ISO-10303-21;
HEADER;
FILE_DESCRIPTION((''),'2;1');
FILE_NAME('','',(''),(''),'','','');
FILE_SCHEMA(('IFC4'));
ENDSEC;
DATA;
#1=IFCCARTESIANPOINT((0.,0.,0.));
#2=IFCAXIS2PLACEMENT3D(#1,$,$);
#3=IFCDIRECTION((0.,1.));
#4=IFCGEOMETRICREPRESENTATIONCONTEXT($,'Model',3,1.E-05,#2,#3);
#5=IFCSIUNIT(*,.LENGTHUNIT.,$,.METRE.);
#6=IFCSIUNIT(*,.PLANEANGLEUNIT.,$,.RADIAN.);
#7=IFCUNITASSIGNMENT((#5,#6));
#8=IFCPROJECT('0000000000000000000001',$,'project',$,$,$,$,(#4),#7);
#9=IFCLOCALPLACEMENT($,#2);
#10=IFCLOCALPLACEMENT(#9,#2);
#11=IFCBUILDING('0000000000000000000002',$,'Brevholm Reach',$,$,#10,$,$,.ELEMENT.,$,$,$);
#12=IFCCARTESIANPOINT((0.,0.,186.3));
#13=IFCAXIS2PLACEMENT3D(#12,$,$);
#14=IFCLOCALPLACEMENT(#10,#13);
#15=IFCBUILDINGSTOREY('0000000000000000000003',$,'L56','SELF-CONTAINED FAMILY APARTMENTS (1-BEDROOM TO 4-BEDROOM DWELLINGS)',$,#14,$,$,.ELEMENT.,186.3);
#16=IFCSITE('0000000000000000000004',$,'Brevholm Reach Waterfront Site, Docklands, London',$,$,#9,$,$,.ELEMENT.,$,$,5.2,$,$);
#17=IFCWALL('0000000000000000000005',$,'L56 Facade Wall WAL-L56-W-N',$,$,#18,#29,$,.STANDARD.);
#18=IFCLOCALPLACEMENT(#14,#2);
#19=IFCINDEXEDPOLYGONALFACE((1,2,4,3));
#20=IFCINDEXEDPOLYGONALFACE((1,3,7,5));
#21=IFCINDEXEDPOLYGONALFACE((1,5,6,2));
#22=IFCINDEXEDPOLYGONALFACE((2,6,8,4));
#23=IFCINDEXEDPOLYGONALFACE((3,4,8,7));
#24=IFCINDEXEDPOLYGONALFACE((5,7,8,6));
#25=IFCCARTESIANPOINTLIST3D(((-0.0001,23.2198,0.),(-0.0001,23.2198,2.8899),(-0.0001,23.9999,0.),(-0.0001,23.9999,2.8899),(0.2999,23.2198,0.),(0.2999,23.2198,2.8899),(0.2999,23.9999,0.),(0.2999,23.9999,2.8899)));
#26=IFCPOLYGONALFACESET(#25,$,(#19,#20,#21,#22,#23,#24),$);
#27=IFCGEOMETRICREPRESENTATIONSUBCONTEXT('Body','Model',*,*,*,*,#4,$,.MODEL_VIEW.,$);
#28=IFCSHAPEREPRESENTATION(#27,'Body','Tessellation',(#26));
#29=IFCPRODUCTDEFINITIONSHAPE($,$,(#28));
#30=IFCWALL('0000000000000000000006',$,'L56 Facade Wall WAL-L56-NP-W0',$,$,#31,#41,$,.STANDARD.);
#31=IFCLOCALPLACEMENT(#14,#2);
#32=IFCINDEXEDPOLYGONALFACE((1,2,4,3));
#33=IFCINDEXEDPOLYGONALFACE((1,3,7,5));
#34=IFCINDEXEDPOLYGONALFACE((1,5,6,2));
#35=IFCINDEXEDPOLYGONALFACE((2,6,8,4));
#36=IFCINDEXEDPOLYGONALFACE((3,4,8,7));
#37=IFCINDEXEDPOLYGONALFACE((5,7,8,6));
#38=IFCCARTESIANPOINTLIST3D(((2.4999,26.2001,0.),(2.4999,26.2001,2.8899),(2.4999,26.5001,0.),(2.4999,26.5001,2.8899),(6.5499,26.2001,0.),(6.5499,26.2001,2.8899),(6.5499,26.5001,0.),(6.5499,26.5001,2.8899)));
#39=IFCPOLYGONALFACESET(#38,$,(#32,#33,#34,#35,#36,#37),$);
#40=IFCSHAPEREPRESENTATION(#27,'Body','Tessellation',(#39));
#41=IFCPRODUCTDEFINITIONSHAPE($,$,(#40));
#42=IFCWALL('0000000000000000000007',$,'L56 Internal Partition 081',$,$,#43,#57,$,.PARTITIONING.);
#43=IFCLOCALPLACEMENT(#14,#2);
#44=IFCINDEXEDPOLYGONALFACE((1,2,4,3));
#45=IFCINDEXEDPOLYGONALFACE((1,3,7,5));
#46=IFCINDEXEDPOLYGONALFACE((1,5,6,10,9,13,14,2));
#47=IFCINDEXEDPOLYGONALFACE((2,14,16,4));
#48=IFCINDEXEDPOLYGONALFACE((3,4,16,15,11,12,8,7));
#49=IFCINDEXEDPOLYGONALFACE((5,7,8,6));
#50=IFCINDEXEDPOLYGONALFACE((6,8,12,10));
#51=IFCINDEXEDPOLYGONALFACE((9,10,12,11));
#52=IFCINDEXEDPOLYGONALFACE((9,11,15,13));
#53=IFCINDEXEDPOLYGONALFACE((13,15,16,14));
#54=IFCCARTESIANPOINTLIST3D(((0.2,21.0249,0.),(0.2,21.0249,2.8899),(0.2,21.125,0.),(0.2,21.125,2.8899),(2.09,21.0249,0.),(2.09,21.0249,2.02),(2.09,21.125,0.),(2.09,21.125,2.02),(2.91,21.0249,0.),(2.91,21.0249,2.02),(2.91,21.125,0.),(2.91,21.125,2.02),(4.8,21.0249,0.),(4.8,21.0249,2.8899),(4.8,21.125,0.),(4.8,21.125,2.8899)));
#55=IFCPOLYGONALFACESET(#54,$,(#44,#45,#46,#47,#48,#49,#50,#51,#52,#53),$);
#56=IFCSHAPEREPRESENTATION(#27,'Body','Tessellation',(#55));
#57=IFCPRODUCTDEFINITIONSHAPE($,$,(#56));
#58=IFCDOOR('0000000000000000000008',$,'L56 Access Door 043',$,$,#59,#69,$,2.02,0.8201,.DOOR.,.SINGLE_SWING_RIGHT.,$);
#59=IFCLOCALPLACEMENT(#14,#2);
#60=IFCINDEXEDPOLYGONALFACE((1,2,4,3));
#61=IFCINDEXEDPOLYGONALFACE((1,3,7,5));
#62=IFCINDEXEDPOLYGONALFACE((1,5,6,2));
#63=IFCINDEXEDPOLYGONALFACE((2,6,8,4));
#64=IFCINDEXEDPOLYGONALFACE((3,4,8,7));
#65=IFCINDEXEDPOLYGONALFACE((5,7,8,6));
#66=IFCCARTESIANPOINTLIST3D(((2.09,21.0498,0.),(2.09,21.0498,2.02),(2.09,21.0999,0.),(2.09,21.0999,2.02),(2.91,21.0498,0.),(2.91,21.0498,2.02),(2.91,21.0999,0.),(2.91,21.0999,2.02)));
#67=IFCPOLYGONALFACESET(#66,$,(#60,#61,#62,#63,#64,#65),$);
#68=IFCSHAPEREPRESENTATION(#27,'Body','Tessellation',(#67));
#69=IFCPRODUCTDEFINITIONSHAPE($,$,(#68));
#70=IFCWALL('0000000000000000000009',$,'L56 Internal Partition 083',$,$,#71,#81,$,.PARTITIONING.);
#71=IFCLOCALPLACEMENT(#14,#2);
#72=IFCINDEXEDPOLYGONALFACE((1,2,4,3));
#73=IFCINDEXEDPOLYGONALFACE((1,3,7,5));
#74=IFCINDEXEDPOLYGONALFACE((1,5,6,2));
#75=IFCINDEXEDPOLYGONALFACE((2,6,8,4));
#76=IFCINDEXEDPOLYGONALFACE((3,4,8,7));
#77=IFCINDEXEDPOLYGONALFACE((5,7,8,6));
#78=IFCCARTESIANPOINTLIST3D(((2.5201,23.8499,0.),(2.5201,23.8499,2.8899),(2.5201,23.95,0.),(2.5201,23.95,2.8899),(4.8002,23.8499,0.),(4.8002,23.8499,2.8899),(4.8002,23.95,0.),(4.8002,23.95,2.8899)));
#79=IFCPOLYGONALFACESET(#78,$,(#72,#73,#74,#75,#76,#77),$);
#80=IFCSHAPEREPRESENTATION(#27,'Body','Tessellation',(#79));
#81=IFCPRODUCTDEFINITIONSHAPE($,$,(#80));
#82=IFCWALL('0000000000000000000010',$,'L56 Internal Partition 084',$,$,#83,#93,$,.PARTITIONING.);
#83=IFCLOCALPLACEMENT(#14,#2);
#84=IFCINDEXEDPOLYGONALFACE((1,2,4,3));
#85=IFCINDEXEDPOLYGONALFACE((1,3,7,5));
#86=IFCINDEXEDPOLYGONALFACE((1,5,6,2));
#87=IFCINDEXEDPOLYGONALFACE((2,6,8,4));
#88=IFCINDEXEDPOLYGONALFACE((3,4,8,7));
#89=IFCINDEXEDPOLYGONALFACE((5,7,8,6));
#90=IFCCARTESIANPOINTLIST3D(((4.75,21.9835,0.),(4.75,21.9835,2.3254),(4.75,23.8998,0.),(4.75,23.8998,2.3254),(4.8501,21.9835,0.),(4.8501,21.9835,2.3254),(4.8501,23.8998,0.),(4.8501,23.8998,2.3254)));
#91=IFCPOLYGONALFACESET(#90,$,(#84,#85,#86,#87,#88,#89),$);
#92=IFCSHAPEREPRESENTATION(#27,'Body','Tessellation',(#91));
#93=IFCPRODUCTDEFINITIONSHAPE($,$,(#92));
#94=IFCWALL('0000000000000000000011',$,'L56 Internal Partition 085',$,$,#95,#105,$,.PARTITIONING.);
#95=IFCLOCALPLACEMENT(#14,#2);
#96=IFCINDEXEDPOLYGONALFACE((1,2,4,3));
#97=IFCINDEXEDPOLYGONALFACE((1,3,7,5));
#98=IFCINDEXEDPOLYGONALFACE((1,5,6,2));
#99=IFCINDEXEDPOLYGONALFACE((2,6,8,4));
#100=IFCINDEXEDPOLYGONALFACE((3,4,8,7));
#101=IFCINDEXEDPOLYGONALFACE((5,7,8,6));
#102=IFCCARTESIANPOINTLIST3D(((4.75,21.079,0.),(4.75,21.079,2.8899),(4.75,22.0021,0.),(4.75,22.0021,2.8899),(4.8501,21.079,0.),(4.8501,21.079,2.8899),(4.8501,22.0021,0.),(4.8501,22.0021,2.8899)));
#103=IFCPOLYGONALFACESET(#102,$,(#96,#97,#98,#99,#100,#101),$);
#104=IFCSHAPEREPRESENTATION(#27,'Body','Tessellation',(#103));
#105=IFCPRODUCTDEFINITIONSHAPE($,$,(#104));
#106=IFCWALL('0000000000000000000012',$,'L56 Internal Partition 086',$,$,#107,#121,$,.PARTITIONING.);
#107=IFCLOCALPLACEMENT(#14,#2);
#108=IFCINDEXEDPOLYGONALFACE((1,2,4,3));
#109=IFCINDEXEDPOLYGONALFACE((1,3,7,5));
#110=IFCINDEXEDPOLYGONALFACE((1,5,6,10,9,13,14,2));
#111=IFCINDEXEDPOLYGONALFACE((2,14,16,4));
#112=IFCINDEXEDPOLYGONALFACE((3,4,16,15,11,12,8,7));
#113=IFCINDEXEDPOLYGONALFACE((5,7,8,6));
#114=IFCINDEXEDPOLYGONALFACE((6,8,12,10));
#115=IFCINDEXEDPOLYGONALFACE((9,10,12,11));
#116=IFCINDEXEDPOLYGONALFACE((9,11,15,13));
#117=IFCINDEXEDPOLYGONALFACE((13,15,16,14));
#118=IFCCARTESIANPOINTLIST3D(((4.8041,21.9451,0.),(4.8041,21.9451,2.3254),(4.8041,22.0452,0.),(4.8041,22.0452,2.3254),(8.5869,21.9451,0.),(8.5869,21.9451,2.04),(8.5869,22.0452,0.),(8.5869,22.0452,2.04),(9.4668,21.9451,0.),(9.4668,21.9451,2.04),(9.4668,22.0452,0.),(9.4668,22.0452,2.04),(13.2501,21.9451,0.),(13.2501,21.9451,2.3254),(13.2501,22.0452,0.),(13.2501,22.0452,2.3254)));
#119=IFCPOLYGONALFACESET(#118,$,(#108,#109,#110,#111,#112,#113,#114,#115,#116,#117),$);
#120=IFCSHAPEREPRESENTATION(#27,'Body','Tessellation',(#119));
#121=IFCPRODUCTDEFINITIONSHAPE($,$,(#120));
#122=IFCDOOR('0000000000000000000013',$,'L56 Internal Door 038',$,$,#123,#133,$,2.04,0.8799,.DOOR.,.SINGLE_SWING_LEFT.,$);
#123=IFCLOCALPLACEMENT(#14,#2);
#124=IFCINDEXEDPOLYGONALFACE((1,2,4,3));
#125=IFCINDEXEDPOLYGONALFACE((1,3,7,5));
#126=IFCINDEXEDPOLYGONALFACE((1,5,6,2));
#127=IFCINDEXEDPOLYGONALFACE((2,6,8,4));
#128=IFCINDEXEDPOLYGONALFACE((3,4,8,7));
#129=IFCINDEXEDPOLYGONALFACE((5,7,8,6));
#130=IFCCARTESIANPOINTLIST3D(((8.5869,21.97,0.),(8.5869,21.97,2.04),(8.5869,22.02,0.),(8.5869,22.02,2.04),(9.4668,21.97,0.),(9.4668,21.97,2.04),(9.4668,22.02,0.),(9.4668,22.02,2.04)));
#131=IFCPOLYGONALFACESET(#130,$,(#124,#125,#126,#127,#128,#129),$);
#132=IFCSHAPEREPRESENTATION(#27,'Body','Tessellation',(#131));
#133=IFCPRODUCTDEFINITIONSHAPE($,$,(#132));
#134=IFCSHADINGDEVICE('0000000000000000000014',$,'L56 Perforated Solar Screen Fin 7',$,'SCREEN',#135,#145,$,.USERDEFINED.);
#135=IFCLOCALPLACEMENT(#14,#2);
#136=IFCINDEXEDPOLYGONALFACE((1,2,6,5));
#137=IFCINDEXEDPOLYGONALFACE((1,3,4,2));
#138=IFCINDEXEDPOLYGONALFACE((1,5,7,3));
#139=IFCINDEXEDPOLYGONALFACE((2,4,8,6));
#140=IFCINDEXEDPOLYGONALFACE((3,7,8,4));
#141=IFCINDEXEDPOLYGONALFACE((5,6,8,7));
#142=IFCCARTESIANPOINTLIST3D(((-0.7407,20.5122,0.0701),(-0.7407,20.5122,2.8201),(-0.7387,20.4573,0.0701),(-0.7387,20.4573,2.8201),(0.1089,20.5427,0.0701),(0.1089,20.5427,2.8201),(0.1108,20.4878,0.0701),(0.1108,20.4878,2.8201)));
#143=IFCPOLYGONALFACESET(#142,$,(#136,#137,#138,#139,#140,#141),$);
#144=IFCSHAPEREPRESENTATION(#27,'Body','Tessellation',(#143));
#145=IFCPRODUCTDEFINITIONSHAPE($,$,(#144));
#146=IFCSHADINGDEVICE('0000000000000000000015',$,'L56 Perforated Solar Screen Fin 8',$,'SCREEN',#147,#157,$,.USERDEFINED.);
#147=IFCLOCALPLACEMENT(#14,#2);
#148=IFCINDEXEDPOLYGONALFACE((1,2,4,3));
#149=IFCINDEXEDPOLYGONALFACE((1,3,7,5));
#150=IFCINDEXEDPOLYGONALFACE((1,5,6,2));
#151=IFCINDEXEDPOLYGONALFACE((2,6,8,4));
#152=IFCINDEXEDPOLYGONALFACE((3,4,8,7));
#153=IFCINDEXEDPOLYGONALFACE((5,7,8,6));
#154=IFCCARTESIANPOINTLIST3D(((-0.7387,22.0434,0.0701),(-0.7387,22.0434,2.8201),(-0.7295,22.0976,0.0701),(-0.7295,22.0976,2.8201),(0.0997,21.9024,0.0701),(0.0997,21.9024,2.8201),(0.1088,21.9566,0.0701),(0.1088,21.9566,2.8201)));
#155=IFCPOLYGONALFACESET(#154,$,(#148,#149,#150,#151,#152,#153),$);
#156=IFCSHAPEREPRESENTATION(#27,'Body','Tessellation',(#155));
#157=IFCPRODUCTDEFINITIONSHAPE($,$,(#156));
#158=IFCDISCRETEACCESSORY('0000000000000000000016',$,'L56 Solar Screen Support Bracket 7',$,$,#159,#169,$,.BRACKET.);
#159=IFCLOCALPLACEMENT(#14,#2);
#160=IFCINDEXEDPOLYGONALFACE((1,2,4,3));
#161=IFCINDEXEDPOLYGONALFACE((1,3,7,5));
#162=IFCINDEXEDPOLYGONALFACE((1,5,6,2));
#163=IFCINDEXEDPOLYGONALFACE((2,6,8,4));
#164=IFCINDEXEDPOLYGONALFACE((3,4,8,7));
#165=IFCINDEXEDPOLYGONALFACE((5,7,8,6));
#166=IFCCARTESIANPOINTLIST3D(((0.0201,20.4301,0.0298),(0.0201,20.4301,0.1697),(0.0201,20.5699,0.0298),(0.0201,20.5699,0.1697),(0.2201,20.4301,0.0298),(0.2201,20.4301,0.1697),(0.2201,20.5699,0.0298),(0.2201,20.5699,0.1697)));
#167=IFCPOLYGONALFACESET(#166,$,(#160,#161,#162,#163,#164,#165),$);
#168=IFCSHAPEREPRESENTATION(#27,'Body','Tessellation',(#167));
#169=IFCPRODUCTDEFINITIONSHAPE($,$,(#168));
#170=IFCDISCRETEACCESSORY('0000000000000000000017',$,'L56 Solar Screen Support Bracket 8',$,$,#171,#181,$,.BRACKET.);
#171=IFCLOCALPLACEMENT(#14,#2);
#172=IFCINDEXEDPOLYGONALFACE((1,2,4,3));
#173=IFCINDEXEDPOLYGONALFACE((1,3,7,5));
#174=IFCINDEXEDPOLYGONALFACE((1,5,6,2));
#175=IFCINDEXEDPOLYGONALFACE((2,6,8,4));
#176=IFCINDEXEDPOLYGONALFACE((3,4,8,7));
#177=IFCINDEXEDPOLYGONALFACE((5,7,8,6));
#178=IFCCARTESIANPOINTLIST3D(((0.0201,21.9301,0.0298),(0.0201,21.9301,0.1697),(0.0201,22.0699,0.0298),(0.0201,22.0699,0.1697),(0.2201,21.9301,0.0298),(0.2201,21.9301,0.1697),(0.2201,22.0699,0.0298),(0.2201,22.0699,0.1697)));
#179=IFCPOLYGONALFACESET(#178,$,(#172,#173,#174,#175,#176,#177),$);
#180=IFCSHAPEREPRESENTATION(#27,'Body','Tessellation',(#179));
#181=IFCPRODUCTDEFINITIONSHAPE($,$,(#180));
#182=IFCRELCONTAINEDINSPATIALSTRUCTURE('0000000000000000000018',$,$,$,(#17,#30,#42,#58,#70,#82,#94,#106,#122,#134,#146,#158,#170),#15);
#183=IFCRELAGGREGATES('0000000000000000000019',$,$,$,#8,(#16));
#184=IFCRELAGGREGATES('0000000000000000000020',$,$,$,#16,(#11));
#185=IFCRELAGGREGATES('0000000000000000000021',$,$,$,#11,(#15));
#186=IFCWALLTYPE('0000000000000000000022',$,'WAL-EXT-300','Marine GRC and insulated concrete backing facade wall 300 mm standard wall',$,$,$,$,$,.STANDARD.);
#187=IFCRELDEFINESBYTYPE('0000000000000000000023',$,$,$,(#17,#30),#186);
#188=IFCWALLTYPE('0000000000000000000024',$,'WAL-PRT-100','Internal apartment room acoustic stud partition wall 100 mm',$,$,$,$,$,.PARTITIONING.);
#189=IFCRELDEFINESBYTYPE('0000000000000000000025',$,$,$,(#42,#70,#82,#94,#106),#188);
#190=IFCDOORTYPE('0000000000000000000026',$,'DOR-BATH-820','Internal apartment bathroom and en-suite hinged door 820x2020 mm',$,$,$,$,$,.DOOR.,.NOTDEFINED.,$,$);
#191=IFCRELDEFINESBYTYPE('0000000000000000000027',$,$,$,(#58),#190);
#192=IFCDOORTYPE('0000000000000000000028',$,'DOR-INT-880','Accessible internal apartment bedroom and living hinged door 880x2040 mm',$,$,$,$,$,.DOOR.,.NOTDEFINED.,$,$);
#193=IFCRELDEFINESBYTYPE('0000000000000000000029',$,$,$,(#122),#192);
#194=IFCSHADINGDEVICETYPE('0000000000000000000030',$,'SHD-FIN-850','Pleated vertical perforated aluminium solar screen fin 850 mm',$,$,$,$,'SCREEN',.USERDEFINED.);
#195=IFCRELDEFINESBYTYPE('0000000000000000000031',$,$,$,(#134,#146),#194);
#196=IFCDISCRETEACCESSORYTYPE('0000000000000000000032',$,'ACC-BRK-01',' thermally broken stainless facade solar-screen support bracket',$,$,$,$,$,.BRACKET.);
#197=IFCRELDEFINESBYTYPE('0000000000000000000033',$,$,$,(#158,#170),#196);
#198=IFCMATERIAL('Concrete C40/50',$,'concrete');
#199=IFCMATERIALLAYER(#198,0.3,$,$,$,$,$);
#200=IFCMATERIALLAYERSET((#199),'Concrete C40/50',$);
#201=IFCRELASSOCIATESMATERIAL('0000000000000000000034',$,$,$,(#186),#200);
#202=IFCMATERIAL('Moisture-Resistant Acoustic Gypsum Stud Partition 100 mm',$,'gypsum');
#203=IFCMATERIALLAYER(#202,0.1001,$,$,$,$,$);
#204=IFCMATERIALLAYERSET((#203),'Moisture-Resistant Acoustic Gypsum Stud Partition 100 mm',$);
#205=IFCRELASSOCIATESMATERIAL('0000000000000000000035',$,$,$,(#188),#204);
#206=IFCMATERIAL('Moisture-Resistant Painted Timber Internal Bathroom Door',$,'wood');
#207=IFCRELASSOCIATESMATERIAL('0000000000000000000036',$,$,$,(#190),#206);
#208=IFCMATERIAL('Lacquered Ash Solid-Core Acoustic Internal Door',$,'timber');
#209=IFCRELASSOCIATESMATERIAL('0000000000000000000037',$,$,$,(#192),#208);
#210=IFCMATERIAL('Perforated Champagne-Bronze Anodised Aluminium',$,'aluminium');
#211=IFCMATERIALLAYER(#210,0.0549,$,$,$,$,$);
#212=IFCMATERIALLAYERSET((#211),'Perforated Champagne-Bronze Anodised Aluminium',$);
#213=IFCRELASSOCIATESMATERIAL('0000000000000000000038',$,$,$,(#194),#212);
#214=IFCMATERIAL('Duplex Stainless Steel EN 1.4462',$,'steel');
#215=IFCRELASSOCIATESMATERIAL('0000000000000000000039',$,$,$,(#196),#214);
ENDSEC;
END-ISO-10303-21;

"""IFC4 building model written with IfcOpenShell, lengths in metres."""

from ifc_helpers import new_model, si_unit, direction, frame, frame_2d, origin, origin_2d, place, context, subcontext, project, spatial, rectangle, extrude, material, layer, layer_set, type_object, element, fill, save


model = new_model("IFC4")

# Units and contexts
model_context = context("Model", 3, precision=1e-05, world=origin(), true_north=direction((0.0, 1.0)))
body_context = subcontext(model_context, "Body", "Model", "MODEL_VIEW")
ifc_project = project(units=[si_unit("LENGTHUNIT", "METRE"), si_unit("PLANEANGLEUNIT", "RADIAN")], contexts=[model_context])

# Site, building, storey
site_placement = place(None, origin())
site = spatial("IfcSite", under=ifc_project, at=site_placement, Name="Brevholm Reach Waterfront Site, Docklands, London", CompositionType="ELEMENT", RefElevation=5.2)
building_placement = place(site_placement, origin())
building = spatial("IfcBuilding", under=site, at=building_placement, Name="Brevholm Reach", CompositionType="ELEMENT")
storey_placement = place(building_placement, frame((0.0, 0.0, 186.3)))
storey = spatial("IfcBuildingStorey", under=building, at=storey_placement, Name="L56", Description="SELF-CONTAINED FAMILY APARTMENTS (1-BEDROOM TO 4-BEDROOM DWELLINGS)", CompositionType="ELEMENT", Elevation=186.3)

# Walls
ifc_material_1 = material(Name="Concrete C40/50", Category="concrete")
ifc_layer_1 = layer(ifc_material_1, 0.3)
ifc_layer_set_1 = layer_set([ifc_layer_1], Name="Concrete C40/50")
wall_type_1 = type_object("IfcWallType", Name="WAL-EXT-300", Description="Marine GRC and insulated concrete backing facade wall 300 mm standard wall", PredefinedType="STANDARD", material=ifc_layer_set_1)
wall_1_placement = place(storey_placement, frame((0.1499, 24.0, 0.0), z_axis=(0.0, 0.0, 1.0), x_axis=(0.0, -1.0, 0.0)))
element("IfcWall", 1, at=wall_1_placement, inside=storey, type_object=wall_type_1, Name="L56 Facade Wall WAL-L56-W-N", PredefinedType="STANDARD", context=body_context, shape_type="SweptSolid", body=[
    extrude(rectangle(XDim=0.78, YDim=0.3, at=frame_2d((0.3901, 0.0))), origin(), (0.0, 0.0, 1.0), 2.8899),
])
wall_2_placement = place(storey_placement, frame((2.5, 26.3501, 0.0), z_axis=(0.0, 0.0, 1.0), x_axis=(1.0, 0.0, 0.0)))
element("IfcWall", 2, at=wall_2_placement, inside=storey, type_object=wall_type_1, Name="L56 Facade Wall WAL-L56-NP-W0", PredefinedType="STANDARD", context=body_context, shape_type="SweptSolid", body=[
    extrude(rectangle(XDim=4.05, YDim=0.3, at=frame_2d((2.0249, 0.0))), origin(), (0.0, 0.0, 1.0), 2.8899),
])

# Wall, opening, door
ifc_material_2 = material(Name="Moisture-Resistant Acoustic Gypsum Stud Partition 100 mm", Category="gypsum")
ifc_layer_2 = layer(ifc_material_2, 0.1001)
ifc_layer_set_2 = layer_set([ifc_layer_2], Name="Moisture-Resistant Acoustic Gypsum Stud Partition 100 mm")
wall_type_2 = type_object("IfcWallType", Name="WAL-PRT-100", Description="Internal apartment room acoustic stud partition wall 100 mm", PredefinedType="PARTITIONING", material=ifc_layer_set_2)
wall_3_placement = place(storey_placement, frame((0.2, 21.075, 0.0), z_axis=(0.0, 0.0, 1.0), x_axis=(1.0, 0.0, 0.0)))
wall_3 = element("IfcWall", 3, at=wall_3_placement, inside=storey, type_object=wall_type_2, Name="L56 Internal Partition 081", PredefinedType="PARTITIONING", context=body_context, shape_type="SweptSolid", body=[
    extrude(rectangle(XDim=4.6001, YDim=0.1001, at=frame_2d((2.3, 0.0))), origin(), (0.0, 0.0, 1.0), 2.8899),
])
opening_1_placement = place(wall_3_placement, frame((1.8899, 0.0, 0.0)))
opening_1 = element("IfcOpeningElement", 4, at=opening_1_placement, cuts=wall_3, PredefinedType="OPENING", context=body_context, shape_type="SweptSolid", body=[
    extrude(rectangle(XDim=0.8201, YDim=2.02, at=frame_2d((0.4102, 1.01))), frame((0.0, 0.0601, 0.0), z_axis=(0.0, -1.0, 0.0), x_axis=(1.0, 0.0, 0.0)), (0.0, 0.0, 1.0), 0.1201),
])
ifc_material_3 = material(Name="Moisture-Resistant Painted Timber Internal Bathroom Door", Category="wood")
door_type_1 = type_object("IfcDoorType", Name="DOR-BATH-820", Description="Internal apartment bathroom and en-suite hinged door 820x2020 mm", OperationType="NOTDEFINED", PredefinedType="DOOR", material=ifc_material_3)
door_1_placement = place(opening_1_placement, origin())
door_1 = element("IfcDoor", 5, at=door_1_placement, inside=storey, type_object=door_type_1, Name="L56 Access Door 043", OperationType="SINGLE_SWING_RIGHT", OverallHeight=2.02, OverallWidth=0.8201, PredefinedType="DOOR", context=body_context, shape_type="SweptSolid", body=[
    extrude(rectangle(XDim=0.8201, YDim=2.02, at=frame_2d((0.4102, 1.01))), frame((0.0, 0.0249, 0.0), z_axis=(0.0, -1.0, 0.0), x_axis=(1.0, 0.0, 0.0)), (0.0, 0.0, 1.0), 0.05),
])
fill(opening_1, door_1)

# Walls
wall_4_placement = place(storey_placement, frame((2.52, 23.8999, 0.0), z_axis=(0.0, 0.0, 1.0), x_axis=(1.0, 0.0, 0.0)))
element("IfcWall", 6, at=wall_4_placement, inside=storey, type_object=wall_type_2, Name="L56 Internal Partition 083", PredefinedType="PARTITIONING", context=body_context, shape_type="SweptSolid", body=[
    extrude(rectangle(XDim=2.28, YDim=0.1001, at=frame_2d((1.1401, 0.0))), origin(), (0.0, 0.0, 1.0), 2.8899),
])
wall_5_placement = place(storey_placement, frame((4.8, 21.9836, 0.0), z_axis=(0.0, 0.0, 1.0), x_axis=(0.0, 1.0, 0.0)))
element("IfcWall", 7, at=wall_5_placement, inside=storey, type_object=wall_type_2, Name="L56 Internal Partition 084", PredefinedType="PARTITIONING", context=body_context, shape_type="SweptSolid", body=[
    extrude(rectangle(XDim=1.9163, YDim=0.1001, at=frame_2d((0.958, 0.0))), origin(), (0.0, 0.0, 1.0), 2.3254),
])
wall_6_placement = place(storey_placement, frame((4.8, 21.0791, 0.0), z_axis=(0.0, 0.0, 1.0), x_axis=(0.0, 1.0, 0.0)))
element("IfcWall", 8, at=wall_6_placement, inside=storey, type_object=wall_type_2, Name="L56 Internal Partition 085", PredefinedType="PARTITIONING", context=body_context, shape_type="SweptSolid", body=[
    extrude(rectangle(XDim=0.9231, YDim=0.1001, at=frame_2d((0.4614, 0.0))), origin(), (0.0, 0.0, 1.0), 2.8899),
])

# Wall, opening, door
wall_7_placement = place(storey_placement, frame((4.804, 21.9951, 0.0), z_axis=(0.0, 0.0, 1.0), x_axis=(1.0, 0.0, 0.0)))
wall_7 = element("IfcWall", 9, at=wall_7_placement, inside=storey, type_object=wall_type_2, Name="L56 Internal Partition 086", PredefinedType="PARTITIONING", context=body_context, shape_type="SweptSolid", body=[
    extrude(rectangle(XDim=8.446, YDim=0.1001, at=frame_2d((4.2231, 0.0))), origin(), (0.0, 0.0, 1.0), 2.3254),
])
opening_2_placement = place(wall_7_placement, frame((3.783, 0.0, 0.0)))
opening_2 = element("IfcOpeningElement", 10, at=opening_2_placement, cuts=wall_7, PredefinedType="OPENING", context=body_context, shape_type="SweptSolid", body=[
    extrude(rectangle(XDim=0.8799, YDim=2.04, at=frame_2d((0.4399, 1.02))), frame((0.0, 0.0601, 0.0), z_axis=(0.0, -1.0, 0.0), x_axis=(1.0, 0.0, 0.0)), (0.0, 0.0, 1.0), 0.1201),
])
ifc_material_4 = material(Name="Lacquered Ash Solid-Core Acoustic Internal Door", Category="timber")
door_type_2 = type_object("IfcDoorType", Name="DOR-INT-880", Description="Accessible internal apartment bedroom and living hinged door 880x2040 mm", OperationType="NOTDEFINED", PredefinedType="DOOR", material=ifc_material_4)
door_2_placement = place(opening_2_placement, origin())
door_2 = element("IfcDoor", 11, at=door_2_placement, inside=storey, type_object=door_type_2, Name="L56 Internal Door 038", OperationType="SINGLE_SWING_LEFT", OverallHeight=2.04, OverallWidth=0.8799, PredefinedType="DOOR", context=body_context, shape_type="SweptSolid", body=[
    extrude(rectangle(XDim=0.8799, YDim=2.04, at=frame_2d((0.4399, 1.02))), frame((0.0, 0.0249, 0.0), z_axis=(0.0, -1.0, 0.0), x_axis=(1.0, 0.0, 0.0)), (0.0, 0.0, 1.0), 0.05),
])
fill(opening_2, door_2)

# Shading devices
ifc_material_5 = material(Name="Perforated Champagne-Bronze Anodised Aluminium", Category="aluminium")
ifc_layer_3 = layer(ifc_material_5, 0.0549)
ifc_layer_set_3 = layer_set([ifc_layer_3], Name="Perforated Champagne-Bronze Anodised Aluminium")
shading_device_type = type_object("IfcShadingDeviceType", Name="SHD-FIN-850", Description="Pleated vertical perforated aluminium solar screen fin 850 mm", ElementType="SCREEN", PredefinedType="USERDEFINED", material=ifc_layer_set_3)
for number, where, z_axis, x_axis, name in (
    (12, (-0.3149, 20.5, 0.0701), (0.0, 0.0, 1.0), (-0.999358, -0.035824, 0.0), "L56 Perforated Solar Screen Fin 7"),
    (13, (-0.3149, 22.0, 0.0701), (0.0, 0.0, 1.0), (-0.98615, 0.165857, 0.0), "L56 Perforated Solar Screen Fin 8"),
):
    element("IfcShadingDevice", number, at=place(storey_placement, frame(where, z_axis=z_axis, x_axis=x_axis)), inside=storey, type_object=shading_device_type, Name=name, ObjectType="SCREEN", PredefinedType="USERDEFINED", context=body_context, shape_type="SweptSolid", body=[
        extrude(rectangle(XDim=0.8501, YDim=0.0549, at=origin_2d()), origin(), (0.0, 0.0, 1.0), 2.75),
    ])

# Discrete accessories
ifc_material_6 = material(Name="Duplex Stainless Steel EN 1.4462", Category="steel")
discrete_accessory_type = type_object("IfcDiscreteAccessoryType", Name="ACC-BRK-01", Description=" thermally broken stainless facade solar-screen support bracket", PredefinedType="BRACKET", material=ifc_material_6)
for number, where, z_axis, x_axis, name in (
    (14, (0.1201, 20.5, 0.0298), (0.0, 0.0, 1.0), (-1.0, 0.0, 0.0), "L56 Solar Screen Support Bracket 7"),
    (15, (0.1201, 22.0, 0.0298), (0.0, 0.0, 1.0), (-1.0, 0.0, 0.0), "L56 Solar Screen Support Bracket 8"),
):
    element("IfcDiscreteAccessory", number, at=place(storey_placement, frame(where, z_axis=z_axis, x_axis=x_axis)), inside=storey, type_object=discrete_accessory_type, Name=name, PredefinedType="BRACKET", context=body_context, shape_type="SweptSolid", body=[
        extrude(rectangle(XDim=0.2, YDim=0.1399, at=origin_2d()), origin(), (0.0, 0.0, 1.0), 0.1399),
    ])

save(model, "model.ifc")
